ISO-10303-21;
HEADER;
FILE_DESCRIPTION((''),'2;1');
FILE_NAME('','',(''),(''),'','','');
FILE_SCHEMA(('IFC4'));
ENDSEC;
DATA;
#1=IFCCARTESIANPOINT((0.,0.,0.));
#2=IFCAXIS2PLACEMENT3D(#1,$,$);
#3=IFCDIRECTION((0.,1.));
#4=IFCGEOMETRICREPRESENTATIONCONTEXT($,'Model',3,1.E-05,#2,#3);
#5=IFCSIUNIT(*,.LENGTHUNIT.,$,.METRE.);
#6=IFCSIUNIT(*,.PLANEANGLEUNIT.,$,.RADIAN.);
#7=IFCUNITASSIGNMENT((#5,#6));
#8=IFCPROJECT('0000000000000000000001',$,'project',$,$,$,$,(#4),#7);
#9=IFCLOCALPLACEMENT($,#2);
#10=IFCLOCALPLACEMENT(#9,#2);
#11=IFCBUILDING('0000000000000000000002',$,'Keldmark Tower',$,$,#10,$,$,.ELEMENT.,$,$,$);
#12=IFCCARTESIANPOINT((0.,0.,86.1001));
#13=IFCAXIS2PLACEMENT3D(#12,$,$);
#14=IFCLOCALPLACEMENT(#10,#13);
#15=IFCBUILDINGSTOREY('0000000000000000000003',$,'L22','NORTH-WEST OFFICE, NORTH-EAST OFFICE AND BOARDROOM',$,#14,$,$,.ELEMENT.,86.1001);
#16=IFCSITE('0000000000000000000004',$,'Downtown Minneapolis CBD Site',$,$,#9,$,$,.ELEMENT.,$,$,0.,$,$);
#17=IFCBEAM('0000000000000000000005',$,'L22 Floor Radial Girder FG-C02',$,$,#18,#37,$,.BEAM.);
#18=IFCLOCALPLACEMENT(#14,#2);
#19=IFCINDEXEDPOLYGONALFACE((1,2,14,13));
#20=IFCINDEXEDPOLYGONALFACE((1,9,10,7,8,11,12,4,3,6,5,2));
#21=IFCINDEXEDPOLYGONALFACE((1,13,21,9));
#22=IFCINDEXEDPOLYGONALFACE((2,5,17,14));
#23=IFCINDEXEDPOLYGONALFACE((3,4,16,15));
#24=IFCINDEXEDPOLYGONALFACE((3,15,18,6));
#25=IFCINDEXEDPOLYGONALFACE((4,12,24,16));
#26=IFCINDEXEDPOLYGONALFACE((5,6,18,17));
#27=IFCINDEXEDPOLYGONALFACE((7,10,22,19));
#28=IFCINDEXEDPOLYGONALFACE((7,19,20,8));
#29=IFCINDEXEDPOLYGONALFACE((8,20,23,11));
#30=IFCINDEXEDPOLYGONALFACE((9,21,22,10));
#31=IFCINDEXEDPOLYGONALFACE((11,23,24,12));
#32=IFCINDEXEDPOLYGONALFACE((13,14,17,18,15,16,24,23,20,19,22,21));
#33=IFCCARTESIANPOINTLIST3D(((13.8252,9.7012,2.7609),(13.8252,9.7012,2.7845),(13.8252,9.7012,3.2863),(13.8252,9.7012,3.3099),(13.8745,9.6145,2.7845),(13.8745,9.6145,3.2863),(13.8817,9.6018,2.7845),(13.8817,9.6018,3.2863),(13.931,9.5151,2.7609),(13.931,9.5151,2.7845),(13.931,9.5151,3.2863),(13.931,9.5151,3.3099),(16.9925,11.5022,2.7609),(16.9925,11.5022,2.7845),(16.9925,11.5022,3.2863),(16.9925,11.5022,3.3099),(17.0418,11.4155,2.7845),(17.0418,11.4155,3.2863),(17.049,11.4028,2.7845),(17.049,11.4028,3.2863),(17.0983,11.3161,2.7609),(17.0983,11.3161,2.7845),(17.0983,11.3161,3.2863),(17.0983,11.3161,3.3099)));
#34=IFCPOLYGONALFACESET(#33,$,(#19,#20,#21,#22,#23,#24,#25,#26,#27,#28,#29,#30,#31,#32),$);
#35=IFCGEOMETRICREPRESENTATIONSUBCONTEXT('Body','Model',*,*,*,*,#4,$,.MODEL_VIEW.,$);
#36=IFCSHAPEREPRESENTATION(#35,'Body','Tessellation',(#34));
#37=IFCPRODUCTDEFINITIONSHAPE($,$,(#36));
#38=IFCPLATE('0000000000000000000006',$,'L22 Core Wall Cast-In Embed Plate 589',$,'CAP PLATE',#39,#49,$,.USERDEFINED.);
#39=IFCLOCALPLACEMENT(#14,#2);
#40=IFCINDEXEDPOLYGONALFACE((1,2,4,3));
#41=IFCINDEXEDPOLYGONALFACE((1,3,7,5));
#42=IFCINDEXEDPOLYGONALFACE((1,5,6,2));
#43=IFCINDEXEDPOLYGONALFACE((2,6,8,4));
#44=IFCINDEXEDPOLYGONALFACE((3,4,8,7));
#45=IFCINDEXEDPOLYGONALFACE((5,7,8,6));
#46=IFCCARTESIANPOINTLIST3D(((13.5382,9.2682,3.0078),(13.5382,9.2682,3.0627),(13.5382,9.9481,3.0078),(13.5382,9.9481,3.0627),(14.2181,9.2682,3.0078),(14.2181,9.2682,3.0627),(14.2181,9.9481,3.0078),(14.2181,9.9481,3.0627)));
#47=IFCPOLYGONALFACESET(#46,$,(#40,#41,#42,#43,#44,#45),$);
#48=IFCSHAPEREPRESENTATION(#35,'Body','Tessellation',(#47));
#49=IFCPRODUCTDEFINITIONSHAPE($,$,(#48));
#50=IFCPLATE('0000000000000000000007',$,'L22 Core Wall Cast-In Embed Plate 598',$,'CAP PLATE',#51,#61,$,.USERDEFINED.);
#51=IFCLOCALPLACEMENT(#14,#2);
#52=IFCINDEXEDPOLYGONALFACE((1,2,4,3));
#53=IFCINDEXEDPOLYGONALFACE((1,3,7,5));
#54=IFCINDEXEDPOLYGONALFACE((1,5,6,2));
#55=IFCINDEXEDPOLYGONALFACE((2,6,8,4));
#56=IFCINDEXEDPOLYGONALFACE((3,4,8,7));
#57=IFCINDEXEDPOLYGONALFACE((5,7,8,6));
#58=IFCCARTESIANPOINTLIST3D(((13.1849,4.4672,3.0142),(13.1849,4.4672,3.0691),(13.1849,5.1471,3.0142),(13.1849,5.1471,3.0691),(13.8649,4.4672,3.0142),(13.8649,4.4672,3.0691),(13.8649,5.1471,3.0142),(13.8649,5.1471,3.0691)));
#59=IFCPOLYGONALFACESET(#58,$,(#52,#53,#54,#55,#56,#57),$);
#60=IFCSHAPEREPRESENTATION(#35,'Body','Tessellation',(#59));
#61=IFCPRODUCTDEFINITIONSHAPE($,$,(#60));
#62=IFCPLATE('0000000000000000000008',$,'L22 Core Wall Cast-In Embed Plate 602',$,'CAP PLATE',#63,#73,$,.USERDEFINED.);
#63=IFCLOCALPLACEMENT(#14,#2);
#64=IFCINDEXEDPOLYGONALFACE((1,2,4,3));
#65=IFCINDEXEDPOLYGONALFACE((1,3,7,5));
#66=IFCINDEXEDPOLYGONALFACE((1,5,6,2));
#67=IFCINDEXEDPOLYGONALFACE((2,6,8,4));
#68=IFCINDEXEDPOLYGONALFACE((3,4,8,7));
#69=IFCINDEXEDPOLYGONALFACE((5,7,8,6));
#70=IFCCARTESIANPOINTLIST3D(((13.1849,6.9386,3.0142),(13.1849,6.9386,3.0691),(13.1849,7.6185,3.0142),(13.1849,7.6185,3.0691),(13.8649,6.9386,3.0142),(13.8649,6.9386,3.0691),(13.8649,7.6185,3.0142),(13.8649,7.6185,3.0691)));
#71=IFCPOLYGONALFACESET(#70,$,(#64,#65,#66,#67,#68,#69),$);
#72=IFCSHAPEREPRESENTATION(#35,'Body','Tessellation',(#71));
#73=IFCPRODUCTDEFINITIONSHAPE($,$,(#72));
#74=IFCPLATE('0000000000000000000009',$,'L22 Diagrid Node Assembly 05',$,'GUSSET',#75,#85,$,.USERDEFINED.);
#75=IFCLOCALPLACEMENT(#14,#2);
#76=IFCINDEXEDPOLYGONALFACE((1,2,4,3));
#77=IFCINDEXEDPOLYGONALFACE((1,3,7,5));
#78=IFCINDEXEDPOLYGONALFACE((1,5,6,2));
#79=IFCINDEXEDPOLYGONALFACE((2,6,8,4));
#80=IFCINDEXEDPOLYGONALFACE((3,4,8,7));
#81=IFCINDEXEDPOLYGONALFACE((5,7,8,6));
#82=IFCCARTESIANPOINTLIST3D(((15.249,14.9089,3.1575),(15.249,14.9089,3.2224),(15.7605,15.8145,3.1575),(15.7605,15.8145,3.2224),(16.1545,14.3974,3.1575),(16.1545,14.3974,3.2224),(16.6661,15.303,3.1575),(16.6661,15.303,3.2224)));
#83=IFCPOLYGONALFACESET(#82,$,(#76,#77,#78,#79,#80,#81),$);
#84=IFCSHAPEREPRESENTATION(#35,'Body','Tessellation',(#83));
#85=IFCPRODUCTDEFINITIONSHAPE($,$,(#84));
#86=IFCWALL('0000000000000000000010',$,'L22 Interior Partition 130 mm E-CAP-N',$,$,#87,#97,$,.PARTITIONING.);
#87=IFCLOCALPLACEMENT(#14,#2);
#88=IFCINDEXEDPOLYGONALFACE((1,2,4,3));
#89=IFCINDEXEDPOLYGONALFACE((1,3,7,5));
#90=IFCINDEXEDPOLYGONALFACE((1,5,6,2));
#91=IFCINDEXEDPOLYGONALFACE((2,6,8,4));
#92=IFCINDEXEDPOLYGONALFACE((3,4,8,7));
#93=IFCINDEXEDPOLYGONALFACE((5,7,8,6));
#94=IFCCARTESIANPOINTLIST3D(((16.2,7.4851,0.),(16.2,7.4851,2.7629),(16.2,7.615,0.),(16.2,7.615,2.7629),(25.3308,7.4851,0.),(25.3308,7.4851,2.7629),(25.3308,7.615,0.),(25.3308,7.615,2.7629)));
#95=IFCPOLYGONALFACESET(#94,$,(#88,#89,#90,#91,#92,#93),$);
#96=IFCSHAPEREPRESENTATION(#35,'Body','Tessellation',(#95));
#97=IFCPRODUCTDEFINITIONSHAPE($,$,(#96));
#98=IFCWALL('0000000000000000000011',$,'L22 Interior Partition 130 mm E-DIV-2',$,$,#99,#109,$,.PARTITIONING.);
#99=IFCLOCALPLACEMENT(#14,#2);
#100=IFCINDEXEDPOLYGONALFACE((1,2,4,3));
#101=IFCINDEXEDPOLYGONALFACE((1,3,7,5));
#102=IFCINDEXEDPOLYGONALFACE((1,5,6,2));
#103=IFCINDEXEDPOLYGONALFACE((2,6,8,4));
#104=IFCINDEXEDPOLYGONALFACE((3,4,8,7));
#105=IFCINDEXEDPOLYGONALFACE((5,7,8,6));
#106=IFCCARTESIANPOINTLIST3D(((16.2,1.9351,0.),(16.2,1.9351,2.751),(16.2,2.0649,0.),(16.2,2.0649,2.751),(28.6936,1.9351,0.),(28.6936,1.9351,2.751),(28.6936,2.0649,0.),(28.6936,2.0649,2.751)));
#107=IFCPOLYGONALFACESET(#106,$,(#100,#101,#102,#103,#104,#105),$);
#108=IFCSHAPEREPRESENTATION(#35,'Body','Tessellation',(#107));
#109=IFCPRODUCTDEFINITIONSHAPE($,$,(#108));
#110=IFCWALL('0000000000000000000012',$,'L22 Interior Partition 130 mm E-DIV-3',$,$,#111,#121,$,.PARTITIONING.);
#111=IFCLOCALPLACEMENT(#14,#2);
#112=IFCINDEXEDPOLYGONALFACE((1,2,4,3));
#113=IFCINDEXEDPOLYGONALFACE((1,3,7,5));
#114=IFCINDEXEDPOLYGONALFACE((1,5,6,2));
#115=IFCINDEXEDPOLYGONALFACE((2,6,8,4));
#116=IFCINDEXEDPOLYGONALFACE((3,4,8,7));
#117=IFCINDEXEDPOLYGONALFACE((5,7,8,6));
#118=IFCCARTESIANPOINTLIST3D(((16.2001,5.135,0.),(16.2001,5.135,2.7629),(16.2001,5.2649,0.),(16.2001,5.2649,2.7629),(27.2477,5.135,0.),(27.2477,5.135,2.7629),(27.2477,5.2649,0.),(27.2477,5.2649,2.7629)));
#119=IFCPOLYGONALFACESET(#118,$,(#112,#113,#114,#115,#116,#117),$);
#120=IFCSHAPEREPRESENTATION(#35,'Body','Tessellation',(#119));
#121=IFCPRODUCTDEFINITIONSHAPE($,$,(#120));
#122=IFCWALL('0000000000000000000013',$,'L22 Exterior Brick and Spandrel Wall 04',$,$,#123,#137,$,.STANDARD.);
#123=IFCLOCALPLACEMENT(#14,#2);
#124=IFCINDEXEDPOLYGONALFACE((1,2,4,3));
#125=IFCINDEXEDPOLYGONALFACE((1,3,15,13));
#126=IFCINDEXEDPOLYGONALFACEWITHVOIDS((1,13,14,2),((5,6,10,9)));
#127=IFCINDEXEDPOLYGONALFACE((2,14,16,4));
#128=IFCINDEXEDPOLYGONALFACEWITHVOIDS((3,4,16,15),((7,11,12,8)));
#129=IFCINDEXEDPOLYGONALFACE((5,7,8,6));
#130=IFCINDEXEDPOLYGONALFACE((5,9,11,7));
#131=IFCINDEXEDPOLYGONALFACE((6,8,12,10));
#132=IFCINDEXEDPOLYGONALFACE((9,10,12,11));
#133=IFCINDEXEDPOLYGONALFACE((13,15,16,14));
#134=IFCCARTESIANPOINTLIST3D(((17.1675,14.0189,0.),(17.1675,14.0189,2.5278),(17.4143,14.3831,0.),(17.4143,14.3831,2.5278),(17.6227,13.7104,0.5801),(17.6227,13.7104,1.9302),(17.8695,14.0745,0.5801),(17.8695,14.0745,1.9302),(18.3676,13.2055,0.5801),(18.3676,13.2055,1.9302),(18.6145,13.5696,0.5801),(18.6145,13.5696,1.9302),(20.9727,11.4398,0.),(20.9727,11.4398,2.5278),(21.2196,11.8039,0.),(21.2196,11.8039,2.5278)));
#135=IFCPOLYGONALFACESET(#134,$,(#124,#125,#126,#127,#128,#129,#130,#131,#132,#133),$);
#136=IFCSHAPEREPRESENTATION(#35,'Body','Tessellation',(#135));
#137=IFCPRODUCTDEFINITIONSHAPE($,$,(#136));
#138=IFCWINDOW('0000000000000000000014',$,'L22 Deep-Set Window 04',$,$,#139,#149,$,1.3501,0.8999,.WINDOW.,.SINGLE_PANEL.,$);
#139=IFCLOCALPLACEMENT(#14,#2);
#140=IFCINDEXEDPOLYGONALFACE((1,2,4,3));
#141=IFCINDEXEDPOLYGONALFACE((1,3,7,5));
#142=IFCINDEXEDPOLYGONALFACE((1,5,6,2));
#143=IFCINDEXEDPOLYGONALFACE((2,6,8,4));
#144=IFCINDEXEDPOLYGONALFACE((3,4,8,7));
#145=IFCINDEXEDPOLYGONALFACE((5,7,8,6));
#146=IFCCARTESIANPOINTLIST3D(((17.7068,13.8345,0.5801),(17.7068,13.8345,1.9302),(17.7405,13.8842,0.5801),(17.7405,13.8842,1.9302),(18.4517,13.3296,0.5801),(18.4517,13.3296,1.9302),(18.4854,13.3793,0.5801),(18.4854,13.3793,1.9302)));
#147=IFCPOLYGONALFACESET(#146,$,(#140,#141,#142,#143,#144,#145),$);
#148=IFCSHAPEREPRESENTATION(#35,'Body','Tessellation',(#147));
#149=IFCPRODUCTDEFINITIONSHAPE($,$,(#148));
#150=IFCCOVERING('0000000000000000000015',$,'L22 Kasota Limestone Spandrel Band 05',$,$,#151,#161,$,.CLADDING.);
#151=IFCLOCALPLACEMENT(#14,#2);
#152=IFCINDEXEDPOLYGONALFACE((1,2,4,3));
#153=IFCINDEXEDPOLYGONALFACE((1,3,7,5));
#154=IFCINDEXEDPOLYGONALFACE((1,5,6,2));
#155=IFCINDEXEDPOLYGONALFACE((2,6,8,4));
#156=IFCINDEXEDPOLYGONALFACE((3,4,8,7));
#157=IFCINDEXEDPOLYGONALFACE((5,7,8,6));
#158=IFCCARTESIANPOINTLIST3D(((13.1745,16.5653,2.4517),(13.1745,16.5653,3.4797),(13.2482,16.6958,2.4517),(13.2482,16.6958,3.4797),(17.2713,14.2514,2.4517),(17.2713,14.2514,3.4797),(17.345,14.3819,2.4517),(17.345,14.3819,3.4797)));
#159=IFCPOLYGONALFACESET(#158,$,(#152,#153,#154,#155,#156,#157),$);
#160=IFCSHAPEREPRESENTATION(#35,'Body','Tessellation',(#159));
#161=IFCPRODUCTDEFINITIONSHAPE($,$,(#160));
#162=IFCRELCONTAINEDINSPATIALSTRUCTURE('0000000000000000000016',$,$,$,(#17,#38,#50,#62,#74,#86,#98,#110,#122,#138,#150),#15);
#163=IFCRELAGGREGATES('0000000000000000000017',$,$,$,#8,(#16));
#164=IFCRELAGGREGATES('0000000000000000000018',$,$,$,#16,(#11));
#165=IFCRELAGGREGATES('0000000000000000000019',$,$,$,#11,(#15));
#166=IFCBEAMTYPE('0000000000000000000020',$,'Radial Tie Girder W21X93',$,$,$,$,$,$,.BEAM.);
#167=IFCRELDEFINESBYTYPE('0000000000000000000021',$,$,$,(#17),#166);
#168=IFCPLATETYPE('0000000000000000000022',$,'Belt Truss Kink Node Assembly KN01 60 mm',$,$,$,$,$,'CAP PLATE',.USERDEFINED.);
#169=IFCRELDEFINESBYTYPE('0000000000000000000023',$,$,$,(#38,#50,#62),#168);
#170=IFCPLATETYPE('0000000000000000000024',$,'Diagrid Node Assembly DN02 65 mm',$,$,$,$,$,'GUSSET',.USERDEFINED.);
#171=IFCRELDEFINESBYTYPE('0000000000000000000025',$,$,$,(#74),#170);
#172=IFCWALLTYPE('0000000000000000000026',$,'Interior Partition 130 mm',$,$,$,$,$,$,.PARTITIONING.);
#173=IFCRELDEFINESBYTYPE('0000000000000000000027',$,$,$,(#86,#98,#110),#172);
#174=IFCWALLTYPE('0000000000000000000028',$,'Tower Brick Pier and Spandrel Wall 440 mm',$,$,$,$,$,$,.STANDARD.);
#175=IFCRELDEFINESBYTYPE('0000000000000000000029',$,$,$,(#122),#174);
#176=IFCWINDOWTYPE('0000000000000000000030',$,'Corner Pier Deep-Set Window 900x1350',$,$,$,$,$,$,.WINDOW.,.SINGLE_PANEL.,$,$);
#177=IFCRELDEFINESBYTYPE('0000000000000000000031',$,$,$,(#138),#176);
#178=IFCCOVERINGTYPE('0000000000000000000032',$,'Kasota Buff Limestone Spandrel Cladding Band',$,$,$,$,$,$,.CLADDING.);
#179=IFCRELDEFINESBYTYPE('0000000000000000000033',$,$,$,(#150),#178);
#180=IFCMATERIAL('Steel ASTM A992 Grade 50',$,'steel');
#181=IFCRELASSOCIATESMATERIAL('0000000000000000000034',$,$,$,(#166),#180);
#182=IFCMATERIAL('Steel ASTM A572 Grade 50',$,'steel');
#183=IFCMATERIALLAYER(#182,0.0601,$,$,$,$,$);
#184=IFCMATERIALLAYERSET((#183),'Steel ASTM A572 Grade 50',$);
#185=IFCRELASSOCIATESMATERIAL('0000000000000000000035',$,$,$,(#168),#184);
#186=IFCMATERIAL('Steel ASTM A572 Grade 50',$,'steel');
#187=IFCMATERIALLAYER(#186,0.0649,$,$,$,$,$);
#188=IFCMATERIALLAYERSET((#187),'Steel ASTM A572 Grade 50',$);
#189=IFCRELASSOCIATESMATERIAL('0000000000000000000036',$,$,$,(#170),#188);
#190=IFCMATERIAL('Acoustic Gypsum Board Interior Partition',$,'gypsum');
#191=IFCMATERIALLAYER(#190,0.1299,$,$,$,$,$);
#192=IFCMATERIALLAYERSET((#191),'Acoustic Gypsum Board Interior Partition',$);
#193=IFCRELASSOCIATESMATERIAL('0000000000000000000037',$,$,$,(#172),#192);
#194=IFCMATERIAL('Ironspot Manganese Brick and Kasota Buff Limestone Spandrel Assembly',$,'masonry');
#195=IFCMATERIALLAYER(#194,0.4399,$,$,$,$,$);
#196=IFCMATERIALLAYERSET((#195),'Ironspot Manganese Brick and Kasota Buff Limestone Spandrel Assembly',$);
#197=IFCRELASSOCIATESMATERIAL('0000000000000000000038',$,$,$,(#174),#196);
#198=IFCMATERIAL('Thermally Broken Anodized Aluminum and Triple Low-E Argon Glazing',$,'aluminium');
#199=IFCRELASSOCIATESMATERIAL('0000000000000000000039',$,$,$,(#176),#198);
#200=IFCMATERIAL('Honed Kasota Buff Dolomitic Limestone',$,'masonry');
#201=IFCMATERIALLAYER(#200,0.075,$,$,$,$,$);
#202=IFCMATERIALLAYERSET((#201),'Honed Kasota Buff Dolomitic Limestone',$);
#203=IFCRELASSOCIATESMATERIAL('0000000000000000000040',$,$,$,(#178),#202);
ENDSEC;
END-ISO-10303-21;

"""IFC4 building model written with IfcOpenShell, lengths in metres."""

from ifc_helpers import new_model, si_unit, direction, frame, frame_2d, origin, origin_2d, place, context, subcontext, project, spatial, rectangle, i_section, extrude, material, layer, layer_set, material_profile, profile_set, type_object, element, fill, save


model = new_model("IFC4")

# Units and contexts
model_context = context("Model", 3, precision=1e-05, world=origin(), true_north=direction((0.0, 1.0)))
body_context = subcontext(model_context, "Body", "Model", "MODEL_VIEW")
ifc_project = project(units=[si_unit("LENGTHUNIT", "METRE"), si_unit("PLANEANGLEUNIT", "RADIAN")], contexts=[model_context])

# Site, building, storey
site_placement = place(None, origin())
site = spatial("IfcSite", under=ifc_project, at=site_placement, Name="Downtown Minneapolis CBD Site", CompositionType="ELEMENT", RefElevation=0.0)
building_placement = place(site_placement, origin())
building = spatial("IfcBuilding", under=site, at=building_placement, Name="Keldmark Tower", CompositionType="ELEMENT")
storey_placement = place(building_placement, frame((0.0, 0.0, 86.1001)))
storey = spatial("IfcBuildingStorey", under=building, at=storey_placement, Name="L22", Description="NORTH-WEST OFFICE, NORTH-EAST OFFICE AND BOARDROOM", CompositionType="ELEMENT", Elevation=86.1001)

# Beam
ifc_material_1 = material(Name="Steel ASTM A992 Grade 50", Category="steel")
ifc_material_profile_1 = material_profile(ifc_material_1, i_section(OverallWidth=0.2141, OverallDepth=0.5491, WebThickness=0.0146, FlangeThickness=0.0237, at=origin_2d()), Name="W21X93")
ifc_profile_set_1 = profile_set([ifc_material_profile_1], Name="Steel ASTM A992 Grade 50")
beam_type_1 = type_object("IfcBeamType", Name="Radial Tie Girder W21X93", PredefinedType="BEAM", material=ifc_profile_set_1)
beam_1_placement = place(storey_placement, frame((17.0454, 11.4092, 3.0354), z_axis=(-0.869284, -0.494312, 0.0), x_axis=(0.494312, -0.869284, 0.0)))
element("IfcBeam", 1, at=beam_1_placement, inside=storey, type_object=beam_type_1, Name="L22 Floor Radial Girder FG-C02", PredefinedType="BEAM", context=body_context, shape_type="SweptSolid", body=[
    extrude(i_section(OverallWidth=0.2141, OverallDepth=0.5491, WebThickness=0.0146, FlangeThickness=0.0237, at=origin_2d()), origin(), (0.0, 0.0, 1.0), 3.6436),
])

# Plates
ifc_material_2 = material(Name="Steel ASTM A572 Grade 50", Category="steel")
ifc_layer_1 = layer(ifc_material_2, 0.0601)
ifc_layer_set_1 = layer_set([ifc_layer_1], Name="Steel ASTM A572 Grade 50")
plate_type_1 = type_object("IfcPlateType", Name="Belt Truss Kink Node Assembly KN01 60 mm", ElementType="CAP PLATE", PredefinedType="USERDEFINED", material=ifc_layer_set_1)
for number, where, z_axis, x_axis, name in (
    (2, (13.8782, 9.6082, 3.0078), (0.0, 0.0, 1.0), (1.0, 0.0, 0.0), "L22 Core Wall Cast-In Embed Plate 589"),
    (3, (13.5249, 4.8071, 3.0142), (0.0, 0.0, 1.0), (1.0, 0.0, 0.0), "L22 Core Wall Cast-In Embed Plate 598"),
    (4, (13.5249, 7.2786, 3.0142), (0.0, 0.0, 1.0), (1.0, 0.0, 0.0), "L22 Core Wall Cast-In Embed Plate 602"),
):
    element("IfcPlate", number, at=place(storey_placement, frame(where, z_axis=z_axis, x_axis=x_axis)), inside=storey, type_object=plate_type_1, Name=name, ObjectType="CAP PLATE", PredefinedType="USERDEFINED", context=body_context, shape_type="SweptSolid", body=[
        extrude(rectangle(XDim=0.6799, YDim=0.6799, at=origin_2d()), origin(), (0.0, 0.0, 1.0), 0.0549),
    ])
ifc_material_3 = material(Name="Steel ASTM A572 Grade 50", Category="steel")
ifc_layer_2 = layer(ifc_material_3, 0.0649)
ifc_layer_set_2 = layer_set([ifc_layer_2], Name="Steel ASTM A572 Grade 50")
plate_type_2 = type_object("IfcPlateType", Name="Diagrid Node Assembly DN02 65 mm", ElementType="GUSSET", PredefinedType="USERDEFINED", material=ifc_layer_set_2)
plate_placement = place(storey_placement, frame((15.9575, 15.106, 3.1575), z_axis=(0.0, 0.0, 1.0), x_axis=(-0.870699, 0.491816, 0.0)))
element("IfcPlate", 5, at=plate_placement, inside=storey, type_object=plate_type_2, Name="L22 Diagrid Node Assembly 05", ObjectType="GUSSET", PredefinedType="USERDEFINED", context=body_context, shape_type="SweptSolid", body=[
    extrude(rectangle(XDim=1.04, YDim=1.04, at=origin_2d()), origin(), (0.0, 0.0, 1.0), 0.0649),
])

# Walls
ifc_material_4 = material(Name="Acoustic Gypsum Board Interior Partition", Category="gypsum")
ifc_layer_3 = layer(ifc_material_4, 0.1299)
ifc_layer_set_3 = layer_set([ifc_layer_3], Name="Acoustic Gypsum Board Interior Partition")
wall_type_1 = type_object("IfcWallType", Name="Interior Partition 130 mm", PredefinedType="PARTITIONING", material=ifc_layer_set_3)
wall_1_placement = place(storey_placement, frame((16.2, 7.55, 0.0), z_axis=(0.0, 0.0, 1.0), x_axis=(1.0, 0.0, 0.0)))
element("IfcWall", 6, at=wall_1_placement, inside=storey, type_object=wall_type_1, Name="L22 Interior Partition 130 mm E-CAP-N", PredefinedType="PARTITIONING", context=body_context, shape_type="SweptSolid", body=[
    extrude(rectangle(XDim=9.1309, YDim=0.1299, at=frame_2d((4.5654, 0.0))), origin(), (0.0, 0.0, 1.0), 2.7629),
])
wall_2_placement = place(storey_placement, frame((16.2, 2.0, 0.0), z_axis=(0.0, 0.0, 1.0), x_axis=(1.0, 0.0, 0.0)))
element("IfcWall", 7, at=wall_2_placement, inside=storey, type_object=wall_type_1, Name="L22 Interior Partition 130 mm E-DIV-2", PredefinedType="PARTITIONING", context=body_context, shape_type="SweptSolid", body=[
    extrude(rectangle(XDim=12.4937, YDim=0.1299, at=frame_2d((6.2468, 0.0))), origin(), (0.0, 0.0, 1.0), 2.751),
])
wall_3_placement = place(storey_placement, frame((16.2, 5.2, 0.0), z_axis=(0.0, 0.0, 1.0), x_axis=(1.0, 0.0, 0.0)))
element("IfcWall", 8, at=wall_3_placement, inside=storey, type_object=wall_type_1, Name="L22 Interior Partition 130 mm E-DIV-3", PredefinedType="PARTITIONING", context=body_context, shape_type="SweptSolid", body=[
    extrude(rectangle(XDim=11.0476, YDim=0.1299, at=frame_2d((5.5239, 0.0))), origin(), (0.0, 0.0, 1.0), 2.7629),
])

# Wall, opening, window
ifc_material_5 = material(Name="Ironspot Manganese Brick and Kasota Buff Limestone Spandrel Assembly", Category="masonry")
ifc_layer_4 = layer(ifc_material_5, 0.4399)
ifc_layer_set_4 = layer_set([ifc_layer_4], Name="Ironspot Manganese Brick and Kasota Buff Limestone Spandrel Assembly")
wall_type_2 = type_object("IfcWallType", Name="Tower Brick Pier and Spandrel Wall 440 mm", PredefinedType="STANDARD", material=ifc_layer_set_4)
wall_4_placement = place(storey_placement, frame((17.291, 14.2009, 0.0), z_axis=(0.0, 0.0, 1.0), x_axis=(0.827777, -0.561057, 0.0)))
wall_4 = element("IfcWall", 9, at=wall_4_placement, inside=storey, type_object=wall_type_2, Name="L22 Exterior Brick and Spandrel Wall 04", PredefinedType="STANDARD", context=body_context, shape_type="SweptSolid", body=[
    extrude(rectangle(XDim=4.5969, YDim=0.4399, at=frame_2d((2.2983, 0.0))), origin(), (0.0, 0.0, 1.0), 2.5278),
])
opening_1_placement = place(wall_4_placement, frame((0.5498, 0.0, 0.5801)))
opening_1 = element("IfcOpeningElement", 10, at=opening_1_placement, cuts=wall_4, PredefinedType="OPENING", context=body_context, shape_type="SweptSolid", body=[
    extrude(rectangle(XDim=0.8999, YDim=1.3501, at=frame_2d((0.45, 0.675))), frame((0.0, 0.23, 0.0), z_axis=(0.0, -1.0, 0.0), x_axis=(1.0, 0.0, 0.0)), (0.0, 0.0, 1.0), 0.46),
])
ifc_material_6 = material(Name="Thermally Broken Anodized Aluminum and Triple Low-E Argon Glazing", Category="aluminium")
window_type = type_object("IfcWindowType", Name="Corner Pier Deep-Set Window 900x1350", PartitioningType="SINGLE_PANEL", PredefinedType="WINDOW", material=ifc_material_6)
window_placement = place(opening_1_placement, origin())
window = element("IfcWindow", 11, at=window_placement, inside=storey, type_object=window_type, Name="L22 Deep-Set Window 04", OverallHeight=1.3501, OverallWidth=0.8999, PartitioningType="SINGLE_PANEL", PredefinedType="WINDOW", context=body_context, shape_type="SweptSolid", body=[
    extrude(rectangle(XDim=0.8999, YDim=1.3501, at=frame_2d((0.45, 0.675))), frame((0.0, -0.01, 0.0), z_axis=(0.0, -1.0, 0.0), x_axis=(1.0, 0.0, 0.0)), (0.0, 0.0, 1.0), 0.0601),
])
fill(opening_1, window)

# Covering
ifc_material_7 = material(Name="Honed Kasota Buff Dolomitic Limestone", Category="masonry")
ifc_layer_5 = layer(ifc_material_7, 0.075)
ifc_layer_set_5 = layer_set([ifc_layer_5], Name="Honed Kasota Buff Dolomitic Limestone")
covering_type = type_object("IfcCoveringType", Name="Kasota Buff Limestone Spandrel Cladding Band", PredefinedType="CLADDING", material=ifc_layer_set_5)
covering_placement = place(storey_placement, frame((15.2598, 15.4736, 2.4517), z_axis=(0.0, 0.0, 1.0), x_axis=(-0.870716, 0.491785, 0.0)))
element("IfcCovering", 12, at=covering_placement, inside=storey, type_object=covering_type, Name="L22 Kasota Limestone Spandrel Band 05", PredefinedType="CLADDING", context=body_context, shape_type="SweptSolid", body=[
    extrude(rectangle(XDim=4.7051, YDim=0.1499, at=origin_2d()), origin(), (0.0, 0.0, 1.0), 1.0281),
])

save(model, "model.ifc")
